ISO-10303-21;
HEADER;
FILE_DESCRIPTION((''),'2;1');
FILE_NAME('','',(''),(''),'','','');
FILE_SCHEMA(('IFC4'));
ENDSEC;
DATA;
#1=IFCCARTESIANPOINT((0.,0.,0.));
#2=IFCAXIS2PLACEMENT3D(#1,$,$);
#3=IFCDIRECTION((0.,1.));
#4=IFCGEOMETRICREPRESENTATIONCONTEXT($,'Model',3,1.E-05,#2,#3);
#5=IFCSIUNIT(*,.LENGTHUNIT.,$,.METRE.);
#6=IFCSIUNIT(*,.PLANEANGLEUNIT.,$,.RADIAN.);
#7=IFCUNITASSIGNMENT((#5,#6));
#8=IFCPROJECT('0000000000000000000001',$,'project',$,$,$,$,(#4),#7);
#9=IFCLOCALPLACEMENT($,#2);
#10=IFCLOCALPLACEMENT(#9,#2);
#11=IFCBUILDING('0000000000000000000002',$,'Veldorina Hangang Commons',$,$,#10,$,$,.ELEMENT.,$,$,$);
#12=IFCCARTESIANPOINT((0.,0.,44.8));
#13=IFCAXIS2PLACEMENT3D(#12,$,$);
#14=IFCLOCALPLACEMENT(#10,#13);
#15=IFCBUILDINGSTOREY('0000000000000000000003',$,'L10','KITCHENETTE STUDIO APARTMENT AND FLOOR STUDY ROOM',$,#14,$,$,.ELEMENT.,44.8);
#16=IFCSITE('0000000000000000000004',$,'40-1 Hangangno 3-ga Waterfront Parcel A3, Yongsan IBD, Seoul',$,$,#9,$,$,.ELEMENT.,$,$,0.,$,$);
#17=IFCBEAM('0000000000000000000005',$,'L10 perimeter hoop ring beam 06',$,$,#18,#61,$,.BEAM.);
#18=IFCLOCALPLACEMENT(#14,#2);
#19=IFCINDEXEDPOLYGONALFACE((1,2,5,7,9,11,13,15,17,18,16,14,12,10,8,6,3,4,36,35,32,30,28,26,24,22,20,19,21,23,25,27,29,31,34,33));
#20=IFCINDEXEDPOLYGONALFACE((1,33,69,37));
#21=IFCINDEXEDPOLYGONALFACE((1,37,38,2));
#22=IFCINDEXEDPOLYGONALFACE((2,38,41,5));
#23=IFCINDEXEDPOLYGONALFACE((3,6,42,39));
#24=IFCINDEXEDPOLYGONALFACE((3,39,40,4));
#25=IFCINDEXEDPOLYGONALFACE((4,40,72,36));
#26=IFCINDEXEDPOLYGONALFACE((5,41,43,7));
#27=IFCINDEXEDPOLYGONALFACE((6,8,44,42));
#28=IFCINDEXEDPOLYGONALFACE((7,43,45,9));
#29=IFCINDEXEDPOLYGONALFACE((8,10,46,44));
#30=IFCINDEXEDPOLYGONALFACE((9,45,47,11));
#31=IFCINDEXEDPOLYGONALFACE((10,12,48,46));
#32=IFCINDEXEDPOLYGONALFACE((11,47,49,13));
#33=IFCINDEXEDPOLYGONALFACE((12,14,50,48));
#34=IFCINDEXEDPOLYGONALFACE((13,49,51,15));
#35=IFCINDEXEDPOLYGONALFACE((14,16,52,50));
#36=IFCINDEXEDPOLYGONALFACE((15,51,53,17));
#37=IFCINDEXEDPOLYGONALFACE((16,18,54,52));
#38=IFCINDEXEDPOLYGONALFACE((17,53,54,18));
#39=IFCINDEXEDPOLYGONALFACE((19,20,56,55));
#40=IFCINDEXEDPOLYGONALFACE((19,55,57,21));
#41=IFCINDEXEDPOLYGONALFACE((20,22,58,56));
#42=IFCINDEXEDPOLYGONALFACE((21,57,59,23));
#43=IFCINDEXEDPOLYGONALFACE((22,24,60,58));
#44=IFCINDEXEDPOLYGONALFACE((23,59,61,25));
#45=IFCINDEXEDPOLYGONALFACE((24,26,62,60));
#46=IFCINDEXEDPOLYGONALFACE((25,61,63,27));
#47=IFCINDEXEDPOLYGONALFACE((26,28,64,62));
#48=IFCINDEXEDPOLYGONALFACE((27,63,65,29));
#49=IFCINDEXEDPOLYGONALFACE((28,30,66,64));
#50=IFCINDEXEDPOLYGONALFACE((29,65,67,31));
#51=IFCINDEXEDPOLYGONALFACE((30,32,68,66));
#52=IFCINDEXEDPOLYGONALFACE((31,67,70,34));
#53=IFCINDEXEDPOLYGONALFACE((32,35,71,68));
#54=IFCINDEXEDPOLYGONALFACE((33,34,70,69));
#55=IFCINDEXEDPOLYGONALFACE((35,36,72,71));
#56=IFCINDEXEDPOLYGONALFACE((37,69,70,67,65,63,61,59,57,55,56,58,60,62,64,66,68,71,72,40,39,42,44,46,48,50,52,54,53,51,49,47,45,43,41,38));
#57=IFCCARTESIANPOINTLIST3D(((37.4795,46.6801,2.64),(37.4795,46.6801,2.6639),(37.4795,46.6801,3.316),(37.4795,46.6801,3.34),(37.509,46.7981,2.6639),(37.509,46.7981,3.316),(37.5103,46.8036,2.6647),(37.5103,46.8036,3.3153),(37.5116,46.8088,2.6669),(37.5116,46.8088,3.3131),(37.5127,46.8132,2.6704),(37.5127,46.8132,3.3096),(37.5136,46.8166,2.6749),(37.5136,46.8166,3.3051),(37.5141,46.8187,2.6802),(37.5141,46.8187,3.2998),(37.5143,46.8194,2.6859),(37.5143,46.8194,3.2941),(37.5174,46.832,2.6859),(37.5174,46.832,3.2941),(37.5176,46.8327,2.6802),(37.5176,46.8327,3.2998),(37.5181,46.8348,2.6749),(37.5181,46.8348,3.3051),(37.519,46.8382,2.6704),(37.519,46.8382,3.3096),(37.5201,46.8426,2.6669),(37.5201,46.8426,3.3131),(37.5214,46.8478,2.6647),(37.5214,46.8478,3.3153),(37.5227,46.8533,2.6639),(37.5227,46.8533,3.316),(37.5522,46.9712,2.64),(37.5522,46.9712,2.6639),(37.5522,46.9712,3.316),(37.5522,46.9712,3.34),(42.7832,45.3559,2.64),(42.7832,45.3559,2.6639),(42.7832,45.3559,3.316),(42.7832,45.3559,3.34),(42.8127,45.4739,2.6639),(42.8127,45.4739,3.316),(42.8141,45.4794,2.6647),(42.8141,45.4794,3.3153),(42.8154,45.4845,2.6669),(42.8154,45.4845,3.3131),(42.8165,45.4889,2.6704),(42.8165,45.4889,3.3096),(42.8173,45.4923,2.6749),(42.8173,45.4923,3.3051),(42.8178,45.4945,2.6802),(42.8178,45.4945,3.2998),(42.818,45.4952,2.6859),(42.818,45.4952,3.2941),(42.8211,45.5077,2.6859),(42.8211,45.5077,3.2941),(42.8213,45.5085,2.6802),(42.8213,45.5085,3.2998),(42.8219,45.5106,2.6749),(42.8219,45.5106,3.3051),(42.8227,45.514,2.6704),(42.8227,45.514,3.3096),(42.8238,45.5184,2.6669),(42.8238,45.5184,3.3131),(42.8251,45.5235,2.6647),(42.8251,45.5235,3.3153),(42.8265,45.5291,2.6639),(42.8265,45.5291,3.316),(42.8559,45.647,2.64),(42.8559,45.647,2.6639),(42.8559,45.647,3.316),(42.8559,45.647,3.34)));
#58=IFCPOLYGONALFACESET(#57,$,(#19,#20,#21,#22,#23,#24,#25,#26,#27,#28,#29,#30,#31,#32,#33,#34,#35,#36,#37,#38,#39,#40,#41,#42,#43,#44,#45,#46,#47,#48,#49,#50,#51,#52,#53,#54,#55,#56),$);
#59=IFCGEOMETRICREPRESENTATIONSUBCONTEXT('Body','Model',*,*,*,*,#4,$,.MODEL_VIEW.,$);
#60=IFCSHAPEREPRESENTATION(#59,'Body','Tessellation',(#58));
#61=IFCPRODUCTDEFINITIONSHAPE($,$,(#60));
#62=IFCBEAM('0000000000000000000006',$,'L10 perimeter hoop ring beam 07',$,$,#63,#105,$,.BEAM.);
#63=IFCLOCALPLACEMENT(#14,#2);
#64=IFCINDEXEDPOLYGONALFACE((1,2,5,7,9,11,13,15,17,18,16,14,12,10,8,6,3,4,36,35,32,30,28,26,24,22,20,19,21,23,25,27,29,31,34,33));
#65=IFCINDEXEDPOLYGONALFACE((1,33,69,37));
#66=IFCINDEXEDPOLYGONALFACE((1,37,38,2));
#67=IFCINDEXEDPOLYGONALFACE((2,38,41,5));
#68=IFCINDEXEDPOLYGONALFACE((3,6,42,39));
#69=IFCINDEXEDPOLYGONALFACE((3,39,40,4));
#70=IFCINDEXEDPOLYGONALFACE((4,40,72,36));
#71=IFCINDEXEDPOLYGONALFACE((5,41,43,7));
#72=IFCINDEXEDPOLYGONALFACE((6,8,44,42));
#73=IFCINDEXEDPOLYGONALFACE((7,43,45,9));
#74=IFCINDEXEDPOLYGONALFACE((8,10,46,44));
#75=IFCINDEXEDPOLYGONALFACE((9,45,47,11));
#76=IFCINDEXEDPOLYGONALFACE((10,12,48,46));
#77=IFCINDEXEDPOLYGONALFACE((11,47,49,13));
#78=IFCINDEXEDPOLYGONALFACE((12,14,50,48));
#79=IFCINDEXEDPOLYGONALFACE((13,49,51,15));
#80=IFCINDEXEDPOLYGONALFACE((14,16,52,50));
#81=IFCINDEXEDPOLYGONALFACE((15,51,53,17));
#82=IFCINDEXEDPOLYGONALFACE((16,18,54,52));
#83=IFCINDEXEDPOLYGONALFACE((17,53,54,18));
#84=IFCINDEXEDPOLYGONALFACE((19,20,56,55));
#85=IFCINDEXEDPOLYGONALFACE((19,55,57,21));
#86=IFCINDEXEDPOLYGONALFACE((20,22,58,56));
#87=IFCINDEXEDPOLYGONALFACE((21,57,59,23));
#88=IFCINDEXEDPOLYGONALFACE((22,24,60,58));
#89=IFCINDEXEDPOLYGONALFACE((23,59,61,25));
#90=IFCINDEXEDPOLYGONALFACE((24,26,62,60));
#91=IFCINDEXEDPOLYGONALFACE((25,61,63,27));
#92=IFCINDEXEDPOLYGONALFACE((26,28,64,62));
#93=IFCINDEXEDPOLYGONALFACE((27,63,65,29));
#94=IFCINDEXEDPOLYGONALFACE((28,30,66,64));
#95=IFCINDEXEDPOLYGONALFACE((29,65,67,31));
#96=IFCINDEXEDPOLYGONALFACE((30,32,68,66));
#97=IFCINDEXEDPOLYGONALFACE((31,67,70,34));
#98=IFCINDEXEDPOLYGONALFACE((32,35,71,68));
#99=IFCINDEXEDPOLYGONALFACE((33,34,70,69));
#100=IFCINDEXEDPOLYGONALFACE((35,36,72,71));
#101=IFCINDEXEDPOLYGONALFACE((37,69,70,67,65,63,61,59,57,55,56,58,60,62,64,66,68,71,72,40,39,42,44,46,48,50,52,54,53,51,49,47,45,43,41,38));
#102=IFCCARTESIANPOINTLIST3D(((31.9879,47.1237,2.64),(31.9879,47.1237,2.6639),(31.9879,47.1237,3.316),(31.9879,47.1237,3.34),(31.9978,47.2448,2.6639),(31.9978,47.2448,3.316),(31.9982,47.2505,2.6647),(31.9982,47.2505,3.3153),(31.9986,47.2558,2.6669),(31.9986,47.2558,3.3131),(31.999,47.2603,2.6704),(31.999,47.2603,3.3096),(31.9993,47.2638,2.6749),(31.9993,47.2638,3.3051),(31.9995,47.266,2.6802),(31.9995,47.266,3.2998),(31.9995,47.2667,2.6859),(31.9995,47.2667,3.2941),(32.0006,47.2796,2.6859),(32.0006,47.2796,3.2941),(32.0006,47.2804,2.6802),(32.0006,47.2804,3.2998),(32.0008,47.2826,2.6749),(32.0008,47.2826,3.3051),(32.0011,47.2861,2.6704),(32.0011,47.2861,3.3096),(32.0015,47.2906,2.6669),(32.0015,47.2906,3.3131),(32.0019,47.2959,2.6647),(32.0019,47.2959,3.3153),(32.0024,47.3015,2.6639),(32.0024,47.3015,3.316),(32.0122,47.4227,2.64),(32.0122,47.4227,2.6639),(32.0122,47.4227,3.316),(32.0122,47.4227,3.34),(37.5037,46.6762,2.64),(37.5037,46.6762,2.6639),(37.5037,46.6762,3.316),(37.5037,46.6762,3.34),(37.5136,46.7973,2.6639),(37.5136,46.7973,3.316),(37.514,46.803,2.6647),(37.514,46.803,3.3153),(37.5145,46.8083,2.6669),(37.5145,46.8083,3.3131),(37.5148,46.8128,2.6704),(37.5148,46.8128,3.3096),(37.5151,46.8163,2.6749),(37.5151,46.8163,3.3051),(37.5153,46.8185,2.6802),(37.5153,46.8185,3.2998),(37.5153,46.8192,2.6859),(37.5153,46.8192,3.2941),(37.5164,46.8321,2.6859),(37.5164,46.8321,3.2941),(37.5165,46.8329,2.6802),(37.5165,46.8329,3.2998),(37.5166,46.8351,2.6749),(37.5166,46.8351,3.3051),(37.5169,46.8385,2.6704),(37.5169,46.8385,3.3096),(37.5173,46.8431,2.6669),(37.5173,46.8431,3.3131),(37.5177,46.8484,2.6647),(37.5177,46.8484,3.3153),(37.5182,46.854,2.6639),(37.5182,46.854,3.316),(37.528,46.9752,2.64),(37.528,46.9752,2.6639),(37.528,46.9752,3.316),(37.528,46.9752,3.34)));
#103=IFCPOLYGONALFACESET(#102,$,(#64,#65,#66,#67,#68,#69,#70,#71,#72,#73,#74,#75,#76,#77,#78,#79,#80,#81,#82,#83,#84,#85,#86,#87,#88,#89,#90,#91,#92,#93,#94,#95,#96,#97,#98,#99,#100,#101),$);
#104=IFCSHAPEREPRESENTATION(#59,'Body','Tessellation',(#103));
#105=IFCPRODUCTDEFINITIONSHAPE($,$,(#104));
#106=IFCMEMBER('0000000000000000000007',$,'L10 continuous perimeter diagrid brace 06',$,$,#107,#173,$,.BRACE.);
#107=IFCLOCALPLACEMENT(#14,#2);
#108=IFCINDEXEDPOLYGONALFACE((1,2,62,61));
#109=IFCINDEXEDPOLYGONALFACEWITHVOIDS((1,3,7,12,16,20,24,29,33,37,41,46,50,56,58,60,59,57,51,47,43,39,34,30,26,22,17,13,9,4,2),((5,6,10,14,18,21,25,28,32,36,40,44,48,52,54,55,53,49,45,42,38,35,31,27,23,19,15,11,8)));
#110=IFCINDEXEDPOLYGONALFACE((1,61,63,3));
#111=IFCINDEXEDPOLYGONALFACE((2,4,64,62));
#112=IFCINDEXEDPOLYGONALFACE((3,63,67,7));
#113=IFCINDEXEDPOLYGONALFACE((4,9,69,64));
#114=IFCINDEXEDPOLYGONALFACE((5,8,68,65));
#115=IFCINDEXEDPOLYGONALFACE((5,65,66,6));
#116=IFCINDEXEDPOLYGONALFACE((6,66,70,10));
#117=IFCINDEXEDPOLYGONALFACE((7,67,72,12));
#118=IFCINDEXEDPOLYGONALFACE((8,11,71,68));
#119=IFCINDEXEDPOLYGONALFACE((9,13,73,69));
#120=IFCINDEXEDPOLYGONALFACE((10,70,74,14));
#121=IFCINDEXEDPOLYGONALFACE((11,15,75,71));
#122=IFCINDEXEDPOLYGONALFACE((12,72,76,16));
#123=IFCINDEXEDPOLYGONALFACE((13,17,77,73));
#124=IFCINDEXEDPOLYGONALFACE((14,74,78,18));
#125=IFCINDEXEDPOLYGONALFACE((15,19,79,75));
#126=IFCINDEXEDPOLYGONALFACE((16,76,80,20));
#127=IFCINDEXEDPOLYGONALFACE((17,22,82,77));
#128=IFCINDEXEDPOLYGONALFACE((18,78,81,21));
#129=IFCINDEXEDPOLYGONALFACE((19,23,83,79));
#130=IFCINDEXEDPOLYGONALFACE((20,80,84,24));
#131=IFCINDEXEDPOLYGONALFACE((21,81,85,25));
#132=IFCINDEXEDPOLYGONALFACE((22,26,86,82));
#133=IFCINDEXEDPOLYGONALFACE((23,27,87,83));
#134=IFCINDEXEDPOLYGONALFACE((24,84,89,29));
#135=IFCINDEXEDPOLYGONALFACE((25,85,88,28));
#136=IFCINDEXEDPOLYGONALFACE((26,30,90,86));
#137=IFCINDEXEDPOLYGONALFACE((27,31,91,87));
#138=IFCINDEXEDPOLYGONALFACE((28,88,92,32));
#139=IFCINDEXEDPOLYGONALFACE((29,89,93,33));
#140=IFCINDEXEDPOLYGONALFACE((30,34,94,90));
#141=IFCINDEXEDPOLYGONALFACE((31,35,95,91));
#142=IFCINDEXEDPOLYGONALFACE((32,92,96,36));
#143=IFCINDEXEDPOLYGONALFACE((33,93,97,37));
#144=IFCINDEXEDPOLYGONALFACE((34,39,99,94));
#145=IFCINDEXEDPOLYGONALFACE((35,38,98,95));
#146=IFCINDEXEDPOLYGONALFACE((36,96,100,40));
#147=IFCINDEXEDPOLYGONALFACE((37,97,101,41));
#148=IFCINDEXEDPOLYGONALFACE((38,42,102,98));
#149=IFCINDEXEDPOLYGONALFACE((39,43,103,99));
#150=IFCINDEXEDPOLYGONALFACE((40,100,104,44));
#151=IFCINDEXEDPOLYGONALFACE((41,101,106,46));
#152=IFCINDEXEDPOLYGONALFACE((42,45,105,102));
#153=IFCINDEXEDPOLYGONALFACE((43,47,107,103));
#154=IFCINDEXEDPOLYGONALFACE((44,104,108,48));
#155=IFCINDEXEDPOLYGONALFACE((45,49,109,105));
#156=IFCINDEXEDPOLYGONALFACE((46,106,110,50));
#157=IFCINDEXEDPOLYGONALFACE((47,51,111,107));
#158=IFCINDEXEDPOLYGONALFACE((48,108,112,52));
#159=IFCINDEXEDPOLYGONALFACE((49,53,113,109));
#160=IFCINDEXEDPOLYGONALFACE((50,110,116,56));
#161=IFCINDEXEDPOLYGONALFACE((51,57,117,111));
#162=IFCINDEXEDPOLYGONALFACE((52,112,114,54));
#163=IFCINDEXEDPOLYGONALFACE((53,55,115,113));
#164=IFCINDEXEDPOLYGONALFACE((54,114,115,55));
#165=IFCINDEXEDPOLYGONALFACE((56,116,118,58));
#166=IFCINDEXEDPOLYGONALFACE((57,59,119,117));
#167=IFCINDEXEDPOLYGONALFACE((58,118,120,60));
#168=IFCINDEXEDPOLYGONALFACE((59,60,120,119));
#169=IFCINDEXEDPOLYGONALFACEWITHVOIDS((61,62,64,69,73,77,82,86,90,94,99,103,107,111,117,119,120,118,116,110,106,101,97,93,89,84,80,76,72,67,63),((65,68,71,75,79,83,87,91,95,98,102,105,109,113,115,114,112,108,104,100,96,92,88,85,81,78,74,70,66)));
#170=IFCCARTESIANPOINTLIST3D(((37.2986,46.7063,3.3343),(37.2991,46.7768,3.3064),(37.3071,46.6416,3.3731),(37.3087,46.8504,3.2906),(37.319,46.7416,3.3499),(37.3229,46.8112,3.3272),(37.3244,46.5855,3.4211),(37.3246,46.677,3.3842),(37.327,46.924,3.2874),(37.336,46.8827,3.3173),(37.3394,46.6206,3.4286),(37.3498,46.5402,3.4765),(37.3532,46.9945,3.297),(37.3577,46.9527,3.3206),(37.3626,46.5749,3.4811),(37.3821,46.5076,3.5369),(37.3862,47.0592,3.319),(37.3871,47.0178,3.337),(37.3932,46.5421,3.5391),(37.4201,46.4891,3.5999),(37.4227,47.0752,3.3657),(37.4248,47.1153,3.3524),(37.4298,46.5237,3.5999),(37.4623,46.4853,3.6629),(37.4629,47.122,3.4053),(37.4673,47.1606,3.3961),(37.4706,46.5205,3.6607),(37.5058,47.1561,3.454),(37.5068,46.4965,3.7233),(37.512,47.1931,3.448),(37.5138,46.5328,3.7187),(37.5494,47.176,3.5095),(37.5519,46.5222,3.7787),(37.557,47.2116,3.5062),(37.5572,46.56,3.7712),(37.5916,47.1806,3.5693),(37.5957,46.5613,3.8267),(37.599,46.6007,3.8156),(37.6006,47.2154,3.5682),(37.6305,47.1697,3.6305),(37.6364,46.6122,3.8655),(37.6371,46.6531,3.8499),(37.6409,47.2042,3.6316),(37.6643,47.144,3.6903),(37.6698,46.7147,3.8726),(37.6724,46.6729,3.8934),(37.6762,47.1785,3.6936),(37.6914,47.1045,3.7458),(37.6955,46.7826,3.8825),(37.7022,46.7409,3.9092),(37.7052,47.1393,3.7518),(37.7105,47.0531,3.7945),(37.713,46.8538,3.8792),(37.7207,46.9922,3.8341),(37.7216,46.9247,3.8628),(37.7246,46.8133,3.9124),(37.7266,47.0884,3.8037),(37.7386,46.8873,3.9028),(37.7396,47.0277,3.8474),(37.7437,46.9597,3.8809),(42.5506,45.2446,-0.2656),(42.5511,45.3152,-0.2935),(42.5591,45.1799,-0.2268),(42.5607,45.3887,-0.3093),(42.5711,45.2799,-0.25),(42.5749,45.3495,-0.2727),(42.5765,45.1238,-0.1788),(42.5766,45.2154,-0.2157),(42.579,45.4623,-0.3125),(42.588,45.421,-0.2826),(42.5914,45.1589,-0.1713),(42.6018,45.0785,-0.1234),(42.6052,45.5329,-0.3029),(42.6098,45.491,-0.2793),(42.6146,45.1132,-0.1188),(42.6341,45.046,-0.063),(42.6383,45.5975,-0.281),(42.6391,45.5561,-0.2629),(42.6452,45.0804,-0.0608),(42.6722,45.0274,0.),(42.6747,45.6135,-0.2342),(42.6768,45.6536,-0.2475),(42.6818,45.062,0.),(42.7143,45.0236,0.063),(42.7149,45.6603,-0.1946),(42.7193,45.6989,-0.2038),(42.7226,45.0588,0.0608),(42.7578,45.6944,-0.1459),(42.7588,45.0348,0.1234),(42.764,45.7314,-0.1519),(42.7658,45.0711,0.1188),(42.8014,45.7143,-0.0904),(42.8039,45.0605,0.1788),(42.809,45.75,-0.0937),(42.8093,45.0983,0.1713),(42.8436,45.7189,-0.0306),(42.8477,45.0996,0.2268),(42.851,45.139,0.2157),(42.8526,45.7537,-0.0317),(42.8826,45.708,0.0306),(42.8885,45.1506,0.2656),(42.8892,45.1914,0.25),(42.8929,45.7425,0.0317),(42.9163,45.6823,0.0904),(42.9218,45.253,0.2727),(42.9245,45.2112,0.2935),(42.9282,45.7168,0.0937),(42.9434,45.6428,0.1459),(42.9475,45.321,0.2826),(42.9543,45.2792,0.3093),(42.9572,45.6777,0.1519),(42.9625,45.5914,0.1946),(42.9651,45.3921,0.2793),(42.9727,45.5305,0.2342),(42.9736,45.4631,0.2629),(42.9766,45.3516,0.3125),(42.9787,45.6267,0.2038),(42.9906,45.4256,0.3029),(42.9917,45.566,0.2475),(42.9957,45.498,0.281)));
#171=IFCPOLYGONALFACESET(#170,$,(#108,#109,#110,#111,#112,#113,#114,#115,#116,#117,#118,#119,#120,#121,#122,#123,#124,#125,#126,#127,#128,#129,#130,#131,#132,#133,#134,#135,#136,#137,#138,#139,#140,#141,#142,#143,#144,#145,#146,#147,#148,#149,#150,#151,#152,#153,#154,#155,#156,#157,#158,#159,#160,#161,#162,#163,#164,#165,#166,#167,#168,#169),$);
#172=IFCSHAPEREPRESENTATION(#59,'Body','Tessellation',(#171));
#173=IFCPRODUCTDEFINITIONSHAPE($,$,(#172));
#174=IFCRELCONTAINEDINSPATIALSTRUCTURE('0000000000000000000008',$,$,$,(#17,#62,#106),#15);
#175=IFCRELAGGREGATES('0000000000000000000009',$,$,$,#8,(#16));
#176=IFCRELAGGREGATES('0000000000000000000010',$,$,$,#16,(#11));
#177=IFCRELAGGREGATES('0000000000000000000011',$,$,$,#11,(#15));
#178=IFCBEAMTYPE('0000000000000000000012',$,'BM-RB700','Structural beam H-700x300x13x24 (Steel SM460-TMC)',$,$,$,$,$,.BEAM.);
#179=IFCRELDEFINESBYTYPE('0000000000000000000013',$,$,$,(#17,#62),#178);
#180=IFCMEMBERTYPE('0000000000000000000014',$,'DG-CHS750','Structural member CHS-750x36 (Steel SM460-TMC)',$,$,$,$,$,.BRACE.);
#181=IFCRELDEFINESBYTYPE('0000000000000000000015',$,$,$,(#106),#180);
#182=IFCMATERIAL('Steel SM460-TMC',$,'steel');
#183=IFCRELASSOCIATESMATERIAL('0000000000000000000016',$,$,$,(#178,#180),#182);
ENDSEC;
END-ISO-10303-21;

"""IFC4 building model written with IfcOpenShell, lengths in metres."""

from ifc_helpers import new_model, si_unit, direction, frame, origin, origin_2d, place, context, subcontext, project, spatial, hollow_circle, i_section, extrude, material, material_profile, profile_set, type_object, element, save


model = new_model("IFC4")

# Units and contexts
model_context = context("Model", 3, precision=1e-05, world=origin(), true_north=direction((0.0, 1.0)))
body_context = subcontext(model_context, "Body", "Model", "MODEL_VIEW")
ifc_project = project(units=[si_unit("LENGTHUNIT", "METRE"), si_unit("PLANEANGLEUNIT", "RADIAN")], contexts=[model_context])

# Site, building, storey
site_placement = place(None, origin())
site = spatial("IfcSite", under=ifc_project, at=site_placement, Name="40-1 Hangangno 3-ga Waterfront Parcel A3, Yongsan IBD, Seoul", CompositionType="ELEMENT", RefElevation=0.0)
building_placement = place(site_placement, origin())
building = spatial("IfcBuilding", under=site, at=building_placement, Name="Veldorina Hangang Commons", CompositionType="ELEMENT")
storey_placement = place(building_placement, frame((0.0, 0.0, 44.8)))
storey = spatial("IfcBuildingStorey", under=building, at=storey_placement, Name="L10", Description="KITCHENETTE STUDIO APARTMENT AND FLOOR STUDY ROOM", CompositionType="ELEMENT", Elevation=44.8)

# Beams
ifc_material_1 = material(Name="Steel SM460-TMC", Category="steel")
ifc_material_profile_1 = material_profile(ifc_material_1, i_section(OverallWidth=0.3, OverallDepth=0.7, WebThickness=0.0129, FlangeThickness=0.0239, FilletRadius=0.022, at=origin_2d()), Name="H-700x300x13x24")
ifc_profile_set_1 = profile_set([ifc_material_profile_1], Name="Steel SM460-TMC")
beam_type = type_object("IfcBeamType", Name="BM-RB700", Description="Structural beam H-700x300x13x24 (Steel SM460-TMC)", PredefinedType="BEAM", material=ifc_profile_set_1)
beam_1_placement = place(storey_placement, frame((42.8196, 45.5015, 2.99), z_axis=(-0.970216, 0.242241, 0.0), x_axis=(-0.242241, -0.970216, 0.0)))
element("IfcBeam", 1, at=beam_1_placement, inside=storey, type_object=beam_type, Name="L10 perimeter hoop ring beam 06", PredefinedType="BEAM", context=body_context, shape_type="SweptSolid", body=[
    extrude(i_section(OverallWidth=0.3, OverallDepth=0.7, WebThickness=0.0129, FlangeThickness=0.0239, FilletRadius=0.022, at=origin_2d()), origin(), (0.0, 0.0, 1.0), 5.4666),
])
beam_2_placement = place(storey_placement, frame((37.5159, 46.8257, 2.99), z_axis=(-0.996725, 0.080866, 0.0), x_axis=(-0.080866, -0.996725, 0.0)))
element("IfcBeam", 2, at=beam_2_placement, inside=storey, type_object=beam_type, Name="L10 perimeter hoop ring beam 07", PredefinedType="BEAM", context=body_context, shape_type="SweptSolid", body=[
    extrude(i_section(OverallWidth=0.3, OverallDepth=0.7, WebThickness=0.0129, FlangeThickness=0.0239, FilletRadius=0.022, at=origin_2d()), origin(), (0.0, 0.0, 1.0), 5.5339),
])

# Member
ifc_material_profile_2 = material_profile(ifc_material_1, hollow_circle(Radius=0.375, WallThickness=0.0359, at=origin_2d()), Name="CHS-750x36")
ifc_profile_set_2 = profile_set([ifc_material_profile_2], Name="Steel SM460-TMC")
member_type = type_object("IfcMemberType", Name="DG-CHS750", Description="Structural member CHS-750x36 (Steel SM460-TMC)", PredefinedType="BRACE", material=ifc_profile_set_2)
member_1_placement = place(storey_placement, frame((42.7727, 45.3887, 0.0), z_axis=(-0.803927, 0.223741, 0.551037), x_axis=(-0.26812, -0.963386, 0.0)))
element("IfcMember", 3, at=member_1_placement, inside=storey, type_object=member_type, Name="L10 continuous perimeter diagrid brace 06", PredefinedType="BRACE", context=body_context, shape_type="SweptSolid", body=[
    extrude(hollow_circle(Radius=0.375, WallThickness=0.0359, at=origin_2d()), origin(), (0.0, 0.0, 1.0), 6.533),
])

save(model, "model.ifc")
